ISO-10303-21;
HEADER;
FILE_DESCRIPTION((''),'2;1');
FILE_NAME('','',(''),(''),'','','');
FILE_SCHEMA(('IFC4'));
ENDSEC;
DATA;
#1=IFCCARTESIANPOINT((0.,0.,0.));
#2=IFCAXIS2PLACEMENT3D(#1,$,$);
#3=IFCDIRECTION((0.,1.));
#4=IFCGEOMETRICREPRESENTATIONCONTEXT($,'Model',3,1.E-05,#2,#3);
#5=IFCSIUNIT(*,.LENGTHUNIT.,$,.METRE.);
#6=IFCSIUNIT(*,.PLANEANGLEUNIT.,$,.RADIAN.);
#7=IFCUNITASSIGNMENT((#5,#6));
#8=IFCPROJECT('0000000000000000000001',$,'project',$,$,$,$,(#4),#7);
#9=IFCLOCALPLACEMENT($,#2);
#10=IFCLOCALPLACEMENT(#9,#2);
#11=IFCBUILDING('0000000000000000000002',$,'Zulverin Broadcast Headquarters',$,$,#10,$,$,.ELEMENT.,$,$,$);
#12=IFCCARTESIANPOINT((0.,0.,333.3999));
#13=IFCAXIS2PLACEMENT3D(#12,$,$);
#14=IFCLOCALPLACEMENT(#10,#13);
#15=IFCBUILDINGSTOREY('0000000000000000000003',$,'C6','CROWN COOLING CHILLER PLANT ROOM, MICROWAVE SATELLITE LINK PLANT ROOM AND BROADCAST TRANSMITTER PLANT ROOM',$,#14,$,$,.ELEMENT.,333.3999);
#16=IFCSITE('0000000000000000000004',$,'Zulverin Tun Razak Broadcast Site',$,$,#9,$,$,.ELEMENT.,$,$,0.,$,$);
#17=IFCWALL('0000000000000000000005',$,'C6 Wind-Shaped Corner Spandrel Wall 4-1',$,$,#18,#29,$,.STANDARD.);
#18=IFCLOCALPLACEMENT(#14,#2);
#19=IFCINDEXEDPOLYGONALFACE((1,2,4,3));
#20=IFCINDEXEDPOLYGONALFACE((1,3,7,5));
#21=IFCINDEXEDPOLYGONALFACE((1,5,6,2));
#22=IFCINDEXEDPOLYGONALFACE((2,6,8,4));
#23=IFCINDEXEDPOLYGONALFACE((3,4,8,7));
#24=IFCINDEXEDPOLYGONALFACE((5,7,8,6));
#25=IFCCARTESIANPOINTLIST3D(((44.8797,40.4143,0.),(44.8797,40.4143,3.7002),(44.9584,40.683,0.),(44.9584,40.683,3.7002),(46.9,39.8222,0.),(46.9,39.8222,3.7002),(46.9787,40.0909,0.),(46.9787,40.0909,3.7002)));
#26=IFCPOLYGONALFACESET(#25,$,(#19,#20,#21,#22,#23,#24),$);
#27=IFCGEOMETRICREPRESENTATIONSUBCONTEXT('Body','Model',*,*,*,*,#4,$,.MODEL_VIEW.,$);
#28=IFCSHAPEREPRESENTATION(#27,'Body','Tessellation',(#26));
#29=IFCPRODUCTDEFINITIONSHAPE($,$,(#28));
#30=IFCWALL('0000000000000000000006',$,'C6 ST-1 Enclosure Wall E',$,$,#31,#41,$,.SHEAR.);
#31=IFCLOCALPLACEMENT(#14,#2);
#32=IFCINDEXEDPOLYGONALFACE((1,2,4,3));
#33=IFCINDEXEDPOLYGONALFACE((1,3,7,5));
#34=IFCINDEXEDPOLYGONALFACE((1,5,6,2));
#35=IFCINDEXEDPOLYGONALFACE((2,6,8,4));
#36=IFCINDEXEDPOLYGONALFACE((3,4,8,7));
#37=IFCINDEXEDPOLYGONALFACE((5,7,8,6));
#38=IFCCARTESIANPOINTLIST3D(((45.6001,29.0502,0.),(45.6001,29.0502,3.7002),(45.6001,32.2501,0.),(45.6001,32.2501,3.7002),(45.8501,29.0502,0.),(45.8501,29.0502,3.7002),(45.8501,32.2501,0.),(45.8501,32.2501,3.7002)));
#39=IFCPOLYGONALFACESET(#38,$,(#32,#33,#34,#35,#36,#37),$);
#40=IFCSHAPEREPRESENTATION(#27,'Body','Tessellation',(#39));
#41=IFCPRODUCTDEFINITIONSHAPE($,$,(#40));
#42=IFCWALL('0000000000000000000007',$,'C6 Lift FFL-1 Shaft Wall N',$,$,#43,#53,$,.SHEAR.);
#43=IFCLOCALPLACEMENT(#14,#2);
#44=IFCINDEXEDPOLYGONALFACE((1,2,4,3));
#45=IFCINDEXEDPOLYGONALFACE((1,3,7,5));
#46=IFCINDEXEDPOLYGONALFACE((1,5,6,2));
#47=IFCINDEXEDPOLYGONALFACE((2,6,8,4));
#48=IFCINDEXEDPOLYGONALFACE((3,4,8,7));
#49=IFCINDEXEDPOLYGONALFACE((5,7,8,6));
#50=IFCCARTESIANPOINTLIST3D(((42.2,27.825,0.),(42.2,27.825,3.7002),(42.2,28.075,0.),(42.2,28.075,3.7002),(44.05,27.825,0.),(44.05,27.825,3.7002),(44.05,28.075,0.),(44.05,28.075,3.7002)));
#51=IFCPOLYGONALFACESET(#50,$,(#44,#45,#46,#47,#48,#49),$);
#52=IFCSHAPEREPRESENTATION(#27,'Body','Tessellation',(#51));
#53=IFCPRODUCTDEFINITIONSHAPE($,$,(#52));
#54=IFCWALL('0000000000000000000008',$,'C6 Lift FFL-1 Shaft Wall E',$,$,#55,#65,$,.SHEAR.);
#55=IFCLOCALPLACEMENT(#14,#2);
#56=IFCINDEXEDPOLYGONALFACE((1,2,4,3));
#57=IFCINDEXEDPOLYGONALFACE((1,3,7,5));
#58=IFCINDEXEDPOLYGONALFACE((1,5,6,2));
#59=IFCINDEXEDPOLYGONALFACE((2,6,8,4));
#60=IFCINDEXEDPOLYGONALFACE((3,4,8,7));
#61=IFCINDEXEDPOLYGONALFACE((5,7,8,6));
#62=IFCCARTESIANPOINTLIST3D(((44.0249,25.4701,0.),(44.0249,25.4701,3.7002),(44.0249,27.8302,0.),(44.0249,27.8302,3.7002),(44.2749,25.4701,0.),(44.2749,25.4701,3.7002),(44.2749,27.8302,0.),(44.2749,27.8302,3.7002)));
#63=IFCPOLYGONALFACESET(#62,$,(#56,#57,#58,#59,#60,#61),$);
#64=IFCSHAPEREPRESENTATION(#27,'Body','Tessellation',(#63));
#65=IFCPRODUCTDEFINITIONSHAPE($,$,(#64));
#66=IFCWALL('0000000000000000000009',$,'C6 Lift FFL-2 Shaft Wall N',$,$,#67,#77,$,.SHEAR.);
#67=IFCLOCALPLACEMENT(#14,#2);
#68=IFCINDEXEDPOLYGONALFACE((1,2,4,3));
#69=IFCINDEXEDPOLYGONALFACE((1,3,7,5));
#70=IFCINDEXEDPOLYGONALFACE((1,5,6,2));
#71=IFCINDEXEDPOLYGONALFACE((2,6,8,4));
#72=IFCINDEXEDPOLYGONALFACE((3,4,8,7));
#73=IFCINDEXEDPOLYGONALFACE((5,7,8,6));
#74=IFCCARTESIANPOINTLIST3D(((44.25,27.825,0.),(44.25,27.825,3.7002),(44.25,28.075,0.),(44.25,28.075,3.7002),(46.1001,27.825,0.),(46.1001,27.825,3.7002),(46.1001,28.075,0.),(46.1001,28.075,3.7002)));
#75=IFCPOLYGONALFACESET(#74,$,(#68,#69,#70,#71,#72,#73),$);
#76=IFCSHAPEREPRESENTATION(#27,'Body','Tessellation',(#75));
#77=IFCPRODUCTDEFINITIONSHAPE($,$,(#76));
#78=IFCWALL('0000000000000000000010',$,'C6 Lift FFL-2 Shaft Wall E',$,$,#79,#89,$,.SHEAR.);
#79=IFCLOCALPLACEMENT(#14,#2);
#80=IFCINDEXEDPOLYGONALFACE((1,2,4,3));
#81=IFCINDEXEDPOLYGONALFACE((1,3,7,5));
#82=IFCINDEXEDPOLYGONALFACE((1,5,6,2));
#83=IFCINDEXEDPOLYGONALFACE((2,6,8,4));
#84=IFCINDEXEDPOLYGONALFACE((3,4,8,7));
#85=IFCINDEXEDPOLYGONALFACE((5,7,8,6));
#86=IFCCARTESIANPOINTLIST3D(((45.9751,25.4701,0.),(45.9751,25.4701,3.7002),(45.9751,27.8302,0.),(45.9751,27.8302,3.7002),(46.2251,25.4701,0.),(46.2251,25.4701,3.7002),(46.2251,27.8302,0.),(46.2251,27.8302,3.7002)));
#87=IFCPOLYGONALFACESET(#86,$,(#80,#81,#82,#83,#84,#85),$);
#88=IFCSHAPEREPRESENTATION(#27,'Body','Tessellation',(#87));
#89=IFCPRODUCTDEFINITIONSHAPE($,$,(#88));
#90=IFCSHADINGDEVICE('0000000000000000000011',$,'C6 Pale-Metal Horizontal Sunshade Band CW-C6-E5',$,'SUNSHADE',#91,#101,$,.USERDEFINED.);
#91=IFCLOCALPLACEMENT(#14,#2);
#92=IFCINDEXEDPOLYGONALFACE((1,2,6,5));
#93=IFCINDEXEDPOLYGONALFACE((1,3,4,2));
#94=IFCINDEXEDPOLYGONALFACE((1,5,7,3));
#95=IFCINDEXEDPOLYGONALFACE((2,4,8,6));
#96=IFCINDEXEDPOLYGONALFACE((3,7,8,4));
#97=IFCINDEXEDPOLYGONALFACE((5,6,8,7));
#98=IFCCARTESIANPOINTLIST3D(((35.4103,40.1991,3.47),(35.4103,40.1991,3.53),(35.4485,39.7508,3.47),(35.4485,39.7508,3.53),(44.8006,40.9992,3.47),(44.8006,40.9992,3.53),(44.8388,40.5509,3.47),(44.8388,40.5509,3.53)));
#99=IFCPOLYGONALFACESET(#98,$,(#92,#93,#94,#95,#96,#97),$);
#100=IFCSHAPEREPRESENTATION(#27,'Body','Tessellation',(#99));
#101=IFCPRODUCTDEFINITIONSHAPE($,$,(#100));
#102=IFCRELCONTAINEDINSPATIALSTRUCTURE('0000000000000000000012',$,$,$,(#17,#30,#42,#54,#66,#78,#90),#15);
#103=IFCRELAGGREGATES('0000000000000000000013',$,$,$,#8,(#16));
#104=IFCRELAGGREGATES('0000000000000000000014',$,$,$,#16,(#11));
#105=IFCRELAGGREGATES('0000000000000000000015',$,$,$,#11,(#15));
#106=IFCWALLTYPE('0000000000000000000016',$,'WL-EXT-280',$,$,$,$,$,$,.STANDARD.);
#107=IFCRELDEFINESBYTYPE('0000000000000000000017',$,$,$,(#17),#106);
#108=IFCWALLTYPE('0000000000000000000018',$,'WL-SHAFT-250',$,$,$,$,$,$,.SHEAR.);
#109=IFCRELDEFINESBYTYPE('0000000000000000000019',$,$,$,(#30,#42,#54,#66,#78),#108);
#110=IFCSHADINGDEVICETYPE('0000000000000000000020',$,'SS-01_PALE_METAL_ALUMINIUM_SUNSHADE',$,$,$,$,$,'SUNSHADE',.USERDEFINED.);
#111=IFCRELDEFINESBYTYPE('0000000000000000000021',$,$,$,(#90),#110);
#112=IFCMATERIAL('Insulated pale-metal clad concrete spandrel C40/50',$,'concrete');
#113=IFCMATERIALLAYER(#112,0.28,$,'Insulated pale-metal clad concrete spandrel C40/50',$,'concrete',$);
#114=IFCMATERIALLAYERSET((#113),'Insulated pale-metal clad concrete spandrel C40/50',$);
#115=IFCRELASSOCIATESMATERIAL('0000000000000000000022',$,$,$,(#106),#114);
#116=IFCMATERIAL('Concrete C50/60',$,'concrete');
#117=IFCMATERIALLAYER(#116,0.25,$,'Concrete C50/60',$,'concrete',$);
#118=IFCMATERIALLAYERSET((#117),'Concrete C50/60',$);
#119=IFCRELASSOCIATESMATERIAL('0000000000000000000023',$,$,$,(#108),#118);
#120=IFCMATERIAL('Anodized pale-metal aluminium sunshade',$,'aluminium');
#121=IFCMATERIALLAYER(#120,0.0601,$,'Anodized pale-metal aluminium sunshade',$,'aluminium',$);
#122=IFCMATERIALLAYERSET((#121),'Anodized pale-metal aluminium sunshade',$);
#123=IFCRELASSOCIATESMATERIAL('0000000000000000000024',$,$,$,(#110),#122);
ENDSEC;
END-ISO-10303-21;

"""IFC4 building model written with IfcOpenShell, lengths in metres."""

from ifc_helpers import new_model, si_unit, direction, frame, frame_2d, origin, origin_2d, place, context, subcontext, project, spatial, rectangle, extrude, material, layer, layer_set, type_object, element, save


model = new_model("IFC4")

# Units and contexts
model_context = context("Model", 3, precision=1e-05, world=origin(), true_north=direction((0.0, 1.0)))
body_context = subcontext(model_context, "Body", "Model", "MODEL_VIEW")
ifc_project = project(units=[si_unit("LENGTHUNIT", "METRE"), si_unit("PLANEANGLEUNIT", "RADIAN")], contexts=[model_context])

# Site, building, storey
site_placement = place(None, origin())
site = spatial("IfcSite", under=ifc_project, at=site_placement, Name="Zulverin Tun Razak Broadcast Site", CompositionType="ELEMENT", RefElevation=0.0)
building_placement = place(site_placement, origin())
building = spatial("IfcBuilding", under=site, at=building_placement, Name="Zulverin Broadcast Headquarters", CompositionType="ELEMENT")
storey_placement = place(building_placement, frame((0.0, 0.0, 333.3999)))
storey = spatial("IfcBuildingStorey", under=building, at=storey_placement, Name="C6", Description="CROWN COOLING CHILLER PLANT ROOM, MICROWAVE SATELLITE LINK PLANT ROOM AND BROADCAST TRANSMITTER PLANT ROOM", CompositionType="ELEMENT", Elevation=333.3999)

# Walls
ifc_material_1 = material(Name="Insulated pale-metal clad concrete spandrel C40/50", Category="concrete")
ifc_layer_1 = layer(ifc_material_1, 0.28, Name="Insulated pale-metal clad concrete spandrel C40/50", Category="concrete")
ifc_layer_set_1 = layer_set([ifc_layer_1], Name="Insulated pale-metal clad concrete spandrel C40/50")
wall_type_1 = type_object("IfcWallType", Name="WL-EXT-280", PredefinedType="STANDARD", material=ifc_layer_set_1)
wall_1_placement = place(storey_placement, frame((46.9395, 39.9565, 0.0), z_axis=(0.0, 0.0, 1.0), x_axis=(-0.959642, 0.281224, 0.0)))
element("IfcWall", 1, at=wall_1_placement, inside=storey, type_object=wall_type_1, Name="C6 Wind-Shaped Corner Spandrel Wall 4-1", PredefinedType="STANDARD", context=body_context, shape_type="SweptSolid", body=[
    extrude(rectangle(XDim=2.1052, YDim=0.28, at=frame_2d((1.0527, 0.0))), origin(), (0.0, 0.0, 1.0), 3.7002),
])
ifc_material_2 = material(Name="Concrete C50/60", Category="concrete")
ifc_layer_2 = layer(ifc_material_2, 0.25, Name="Concrete C50/60", Category="concrete")
ifc_layer_set_2 = layer_set([ifc_layer_2], Name="Concrete C50/60")
wall_type_2 = type_object("IfcWallType", Name="WL-SHAFT-250", PredefinedType="SHEAR", material=ifc_layer_set_2)
wall_2_placement = place(storey_placement, frame((45.7251, 29.05, 0.0), z_axis=(0.0, 0.0, 1.0), x_axis=(0.0, 1.0, 0.0)))
element("IfcWall", 2, at=wall_2_placement, inside=storey, type_object=wall_type_2, Name="C6 ST-1 Enclosure Wall E", PredefinedType="SHEAR", context=body_context, shape_type="SweptSolid", body=[
    extrude(rectangle(XDim=3.2, YDim=0.25, at=frame_2d((1.6001, 0.0))), origin(), (0.0, 0.0, 1.0), 3.7002),
])
wall_3_placement = place(storey_placement, frame((42.2, 27.95, 0.0), z_axis=(0.0, 0.0, 1.0), x_axis=(1.0, 0.0, 0.0)))
element("IfcWall", 3, at=wall_3_placement, inside=storey, type_object=wall_type_2, Name="C6 Lift FFL-1 Shaft Wall N", PredefinedType="SHEAR", context=body_context, shape_type="SweptSolid", body=[
    extrude(rectangle(XDim=1.8501, YDim=0.25, at=frame_2d((0.925, 0.0))), origin(), (0.0, 0.0, 1.0), 3.7002),
])
wall_4_placement = place(storey_placement, frame((44.1499, 25.47, 0.0), z_axis=(0.0, 0.0, 1.0), x_axis=(0.0, 1.0, 0.0)))
element("IfcWall", 4, at=wall_4_placement, inside=storey, type_object=wall_type_2, Name="C6 Lift FFL-1 Shaft Wall E", PredefinedType="SHEAR", context=body_context, shape_type="SweptSolid", body=[
    extrude(rectangle(XDim=2.3601, YDim=0.25, at=frame_2d((1.1802, 0.0))), origin(), (0.0, 0.0, 1.0), 3.7002),
])
wall_5_placement = place(storey_placement, frame((44.25, 27.95, 0.0), z_axis=(0.0, 0.0, 1.0), x_axis=(1.0, 0.0, 0.0)))
element("IfcWall", 5, at=wall_5_placement, inside=storey, type_object=wall_type_2, Name="C6 Lift FFL-2 Shaft Wall N", PredefinedType="SHEAR", context=body_context, shape_type="SweptSolid", body=[
    extrude(rectangle(XDim=1.8501, YDim=0.25, at=frame_2d((0.925, 0.0))), origin(), (0.0, 0.0, 1.0), 3.7002),
])
wall_6_placement = place(storey_placement, frame((46.1001, 25.47, 0.0), z_axis=(0.0, 0.0, 1.0), x_axis=(0.0, 1.0, 0.0)))
element("IfcWall", 6, at=wall_6_placement, inside=storey, type_object=wall_type_2, Name="C6 Lift FFL-2 Shaft Wall E", PredefinedType="SHEAR", context=body_context, shape_type="SweptSolid", body=[
    extrude(rectangle(XDim=2.3601, YDim=0.25, at=frame_2d((1.1802, 0.0))), origin(), (0.0, 0.0, 1.0), 3.7002),
])

# Shading device
ifc_material_3 = material(Name="Anodized pale-metal aluminium sunshade", Category="aluminium")
ifc_layer_3 = layer(ifc_material_3, 0.0601, Name="Anodized pale-metal aluminium sunshade", Category="aluminium")
ifc_layer_set_3 = layer_set([ifc_layer_3], Name="Anodized pale-metal aluminium sunshade")
shading_device_type = type_object("IfcShadingDeviceType", Name="SS-01_PALE_METAL_ALUMINIUM_SUNSHADE", ElementType="SUNSHADE", PredefinedType="USERDEFINED", material=ifc_layer_set_3)
shading_device_placement = place(storey_placement, frame((40.1245, 40.375, 3.47), z_axis=(0.0, 0.0, 1.0), x_axis=(-0.996389, -0.0849, 0.0)))
element("IfcShadingDevice", 7, at=shading_device_placement, inside=storey, type_object=shading_device_type, Name="C6 Pale-Metal Horizontal Sunshade Band CW-C6-E5", ObjectType="SUNSHADE", PredefinedType="USERDEFINED", context=body_context, shape_type="SweptSolid", body=[
    extrude(rectangle(XDim=9.4243, YDim=0.45, at=origin_2d()), origin(), (0.0, 0.0, 1.0), 0.0601),
])

save(model, "model.ifc")
